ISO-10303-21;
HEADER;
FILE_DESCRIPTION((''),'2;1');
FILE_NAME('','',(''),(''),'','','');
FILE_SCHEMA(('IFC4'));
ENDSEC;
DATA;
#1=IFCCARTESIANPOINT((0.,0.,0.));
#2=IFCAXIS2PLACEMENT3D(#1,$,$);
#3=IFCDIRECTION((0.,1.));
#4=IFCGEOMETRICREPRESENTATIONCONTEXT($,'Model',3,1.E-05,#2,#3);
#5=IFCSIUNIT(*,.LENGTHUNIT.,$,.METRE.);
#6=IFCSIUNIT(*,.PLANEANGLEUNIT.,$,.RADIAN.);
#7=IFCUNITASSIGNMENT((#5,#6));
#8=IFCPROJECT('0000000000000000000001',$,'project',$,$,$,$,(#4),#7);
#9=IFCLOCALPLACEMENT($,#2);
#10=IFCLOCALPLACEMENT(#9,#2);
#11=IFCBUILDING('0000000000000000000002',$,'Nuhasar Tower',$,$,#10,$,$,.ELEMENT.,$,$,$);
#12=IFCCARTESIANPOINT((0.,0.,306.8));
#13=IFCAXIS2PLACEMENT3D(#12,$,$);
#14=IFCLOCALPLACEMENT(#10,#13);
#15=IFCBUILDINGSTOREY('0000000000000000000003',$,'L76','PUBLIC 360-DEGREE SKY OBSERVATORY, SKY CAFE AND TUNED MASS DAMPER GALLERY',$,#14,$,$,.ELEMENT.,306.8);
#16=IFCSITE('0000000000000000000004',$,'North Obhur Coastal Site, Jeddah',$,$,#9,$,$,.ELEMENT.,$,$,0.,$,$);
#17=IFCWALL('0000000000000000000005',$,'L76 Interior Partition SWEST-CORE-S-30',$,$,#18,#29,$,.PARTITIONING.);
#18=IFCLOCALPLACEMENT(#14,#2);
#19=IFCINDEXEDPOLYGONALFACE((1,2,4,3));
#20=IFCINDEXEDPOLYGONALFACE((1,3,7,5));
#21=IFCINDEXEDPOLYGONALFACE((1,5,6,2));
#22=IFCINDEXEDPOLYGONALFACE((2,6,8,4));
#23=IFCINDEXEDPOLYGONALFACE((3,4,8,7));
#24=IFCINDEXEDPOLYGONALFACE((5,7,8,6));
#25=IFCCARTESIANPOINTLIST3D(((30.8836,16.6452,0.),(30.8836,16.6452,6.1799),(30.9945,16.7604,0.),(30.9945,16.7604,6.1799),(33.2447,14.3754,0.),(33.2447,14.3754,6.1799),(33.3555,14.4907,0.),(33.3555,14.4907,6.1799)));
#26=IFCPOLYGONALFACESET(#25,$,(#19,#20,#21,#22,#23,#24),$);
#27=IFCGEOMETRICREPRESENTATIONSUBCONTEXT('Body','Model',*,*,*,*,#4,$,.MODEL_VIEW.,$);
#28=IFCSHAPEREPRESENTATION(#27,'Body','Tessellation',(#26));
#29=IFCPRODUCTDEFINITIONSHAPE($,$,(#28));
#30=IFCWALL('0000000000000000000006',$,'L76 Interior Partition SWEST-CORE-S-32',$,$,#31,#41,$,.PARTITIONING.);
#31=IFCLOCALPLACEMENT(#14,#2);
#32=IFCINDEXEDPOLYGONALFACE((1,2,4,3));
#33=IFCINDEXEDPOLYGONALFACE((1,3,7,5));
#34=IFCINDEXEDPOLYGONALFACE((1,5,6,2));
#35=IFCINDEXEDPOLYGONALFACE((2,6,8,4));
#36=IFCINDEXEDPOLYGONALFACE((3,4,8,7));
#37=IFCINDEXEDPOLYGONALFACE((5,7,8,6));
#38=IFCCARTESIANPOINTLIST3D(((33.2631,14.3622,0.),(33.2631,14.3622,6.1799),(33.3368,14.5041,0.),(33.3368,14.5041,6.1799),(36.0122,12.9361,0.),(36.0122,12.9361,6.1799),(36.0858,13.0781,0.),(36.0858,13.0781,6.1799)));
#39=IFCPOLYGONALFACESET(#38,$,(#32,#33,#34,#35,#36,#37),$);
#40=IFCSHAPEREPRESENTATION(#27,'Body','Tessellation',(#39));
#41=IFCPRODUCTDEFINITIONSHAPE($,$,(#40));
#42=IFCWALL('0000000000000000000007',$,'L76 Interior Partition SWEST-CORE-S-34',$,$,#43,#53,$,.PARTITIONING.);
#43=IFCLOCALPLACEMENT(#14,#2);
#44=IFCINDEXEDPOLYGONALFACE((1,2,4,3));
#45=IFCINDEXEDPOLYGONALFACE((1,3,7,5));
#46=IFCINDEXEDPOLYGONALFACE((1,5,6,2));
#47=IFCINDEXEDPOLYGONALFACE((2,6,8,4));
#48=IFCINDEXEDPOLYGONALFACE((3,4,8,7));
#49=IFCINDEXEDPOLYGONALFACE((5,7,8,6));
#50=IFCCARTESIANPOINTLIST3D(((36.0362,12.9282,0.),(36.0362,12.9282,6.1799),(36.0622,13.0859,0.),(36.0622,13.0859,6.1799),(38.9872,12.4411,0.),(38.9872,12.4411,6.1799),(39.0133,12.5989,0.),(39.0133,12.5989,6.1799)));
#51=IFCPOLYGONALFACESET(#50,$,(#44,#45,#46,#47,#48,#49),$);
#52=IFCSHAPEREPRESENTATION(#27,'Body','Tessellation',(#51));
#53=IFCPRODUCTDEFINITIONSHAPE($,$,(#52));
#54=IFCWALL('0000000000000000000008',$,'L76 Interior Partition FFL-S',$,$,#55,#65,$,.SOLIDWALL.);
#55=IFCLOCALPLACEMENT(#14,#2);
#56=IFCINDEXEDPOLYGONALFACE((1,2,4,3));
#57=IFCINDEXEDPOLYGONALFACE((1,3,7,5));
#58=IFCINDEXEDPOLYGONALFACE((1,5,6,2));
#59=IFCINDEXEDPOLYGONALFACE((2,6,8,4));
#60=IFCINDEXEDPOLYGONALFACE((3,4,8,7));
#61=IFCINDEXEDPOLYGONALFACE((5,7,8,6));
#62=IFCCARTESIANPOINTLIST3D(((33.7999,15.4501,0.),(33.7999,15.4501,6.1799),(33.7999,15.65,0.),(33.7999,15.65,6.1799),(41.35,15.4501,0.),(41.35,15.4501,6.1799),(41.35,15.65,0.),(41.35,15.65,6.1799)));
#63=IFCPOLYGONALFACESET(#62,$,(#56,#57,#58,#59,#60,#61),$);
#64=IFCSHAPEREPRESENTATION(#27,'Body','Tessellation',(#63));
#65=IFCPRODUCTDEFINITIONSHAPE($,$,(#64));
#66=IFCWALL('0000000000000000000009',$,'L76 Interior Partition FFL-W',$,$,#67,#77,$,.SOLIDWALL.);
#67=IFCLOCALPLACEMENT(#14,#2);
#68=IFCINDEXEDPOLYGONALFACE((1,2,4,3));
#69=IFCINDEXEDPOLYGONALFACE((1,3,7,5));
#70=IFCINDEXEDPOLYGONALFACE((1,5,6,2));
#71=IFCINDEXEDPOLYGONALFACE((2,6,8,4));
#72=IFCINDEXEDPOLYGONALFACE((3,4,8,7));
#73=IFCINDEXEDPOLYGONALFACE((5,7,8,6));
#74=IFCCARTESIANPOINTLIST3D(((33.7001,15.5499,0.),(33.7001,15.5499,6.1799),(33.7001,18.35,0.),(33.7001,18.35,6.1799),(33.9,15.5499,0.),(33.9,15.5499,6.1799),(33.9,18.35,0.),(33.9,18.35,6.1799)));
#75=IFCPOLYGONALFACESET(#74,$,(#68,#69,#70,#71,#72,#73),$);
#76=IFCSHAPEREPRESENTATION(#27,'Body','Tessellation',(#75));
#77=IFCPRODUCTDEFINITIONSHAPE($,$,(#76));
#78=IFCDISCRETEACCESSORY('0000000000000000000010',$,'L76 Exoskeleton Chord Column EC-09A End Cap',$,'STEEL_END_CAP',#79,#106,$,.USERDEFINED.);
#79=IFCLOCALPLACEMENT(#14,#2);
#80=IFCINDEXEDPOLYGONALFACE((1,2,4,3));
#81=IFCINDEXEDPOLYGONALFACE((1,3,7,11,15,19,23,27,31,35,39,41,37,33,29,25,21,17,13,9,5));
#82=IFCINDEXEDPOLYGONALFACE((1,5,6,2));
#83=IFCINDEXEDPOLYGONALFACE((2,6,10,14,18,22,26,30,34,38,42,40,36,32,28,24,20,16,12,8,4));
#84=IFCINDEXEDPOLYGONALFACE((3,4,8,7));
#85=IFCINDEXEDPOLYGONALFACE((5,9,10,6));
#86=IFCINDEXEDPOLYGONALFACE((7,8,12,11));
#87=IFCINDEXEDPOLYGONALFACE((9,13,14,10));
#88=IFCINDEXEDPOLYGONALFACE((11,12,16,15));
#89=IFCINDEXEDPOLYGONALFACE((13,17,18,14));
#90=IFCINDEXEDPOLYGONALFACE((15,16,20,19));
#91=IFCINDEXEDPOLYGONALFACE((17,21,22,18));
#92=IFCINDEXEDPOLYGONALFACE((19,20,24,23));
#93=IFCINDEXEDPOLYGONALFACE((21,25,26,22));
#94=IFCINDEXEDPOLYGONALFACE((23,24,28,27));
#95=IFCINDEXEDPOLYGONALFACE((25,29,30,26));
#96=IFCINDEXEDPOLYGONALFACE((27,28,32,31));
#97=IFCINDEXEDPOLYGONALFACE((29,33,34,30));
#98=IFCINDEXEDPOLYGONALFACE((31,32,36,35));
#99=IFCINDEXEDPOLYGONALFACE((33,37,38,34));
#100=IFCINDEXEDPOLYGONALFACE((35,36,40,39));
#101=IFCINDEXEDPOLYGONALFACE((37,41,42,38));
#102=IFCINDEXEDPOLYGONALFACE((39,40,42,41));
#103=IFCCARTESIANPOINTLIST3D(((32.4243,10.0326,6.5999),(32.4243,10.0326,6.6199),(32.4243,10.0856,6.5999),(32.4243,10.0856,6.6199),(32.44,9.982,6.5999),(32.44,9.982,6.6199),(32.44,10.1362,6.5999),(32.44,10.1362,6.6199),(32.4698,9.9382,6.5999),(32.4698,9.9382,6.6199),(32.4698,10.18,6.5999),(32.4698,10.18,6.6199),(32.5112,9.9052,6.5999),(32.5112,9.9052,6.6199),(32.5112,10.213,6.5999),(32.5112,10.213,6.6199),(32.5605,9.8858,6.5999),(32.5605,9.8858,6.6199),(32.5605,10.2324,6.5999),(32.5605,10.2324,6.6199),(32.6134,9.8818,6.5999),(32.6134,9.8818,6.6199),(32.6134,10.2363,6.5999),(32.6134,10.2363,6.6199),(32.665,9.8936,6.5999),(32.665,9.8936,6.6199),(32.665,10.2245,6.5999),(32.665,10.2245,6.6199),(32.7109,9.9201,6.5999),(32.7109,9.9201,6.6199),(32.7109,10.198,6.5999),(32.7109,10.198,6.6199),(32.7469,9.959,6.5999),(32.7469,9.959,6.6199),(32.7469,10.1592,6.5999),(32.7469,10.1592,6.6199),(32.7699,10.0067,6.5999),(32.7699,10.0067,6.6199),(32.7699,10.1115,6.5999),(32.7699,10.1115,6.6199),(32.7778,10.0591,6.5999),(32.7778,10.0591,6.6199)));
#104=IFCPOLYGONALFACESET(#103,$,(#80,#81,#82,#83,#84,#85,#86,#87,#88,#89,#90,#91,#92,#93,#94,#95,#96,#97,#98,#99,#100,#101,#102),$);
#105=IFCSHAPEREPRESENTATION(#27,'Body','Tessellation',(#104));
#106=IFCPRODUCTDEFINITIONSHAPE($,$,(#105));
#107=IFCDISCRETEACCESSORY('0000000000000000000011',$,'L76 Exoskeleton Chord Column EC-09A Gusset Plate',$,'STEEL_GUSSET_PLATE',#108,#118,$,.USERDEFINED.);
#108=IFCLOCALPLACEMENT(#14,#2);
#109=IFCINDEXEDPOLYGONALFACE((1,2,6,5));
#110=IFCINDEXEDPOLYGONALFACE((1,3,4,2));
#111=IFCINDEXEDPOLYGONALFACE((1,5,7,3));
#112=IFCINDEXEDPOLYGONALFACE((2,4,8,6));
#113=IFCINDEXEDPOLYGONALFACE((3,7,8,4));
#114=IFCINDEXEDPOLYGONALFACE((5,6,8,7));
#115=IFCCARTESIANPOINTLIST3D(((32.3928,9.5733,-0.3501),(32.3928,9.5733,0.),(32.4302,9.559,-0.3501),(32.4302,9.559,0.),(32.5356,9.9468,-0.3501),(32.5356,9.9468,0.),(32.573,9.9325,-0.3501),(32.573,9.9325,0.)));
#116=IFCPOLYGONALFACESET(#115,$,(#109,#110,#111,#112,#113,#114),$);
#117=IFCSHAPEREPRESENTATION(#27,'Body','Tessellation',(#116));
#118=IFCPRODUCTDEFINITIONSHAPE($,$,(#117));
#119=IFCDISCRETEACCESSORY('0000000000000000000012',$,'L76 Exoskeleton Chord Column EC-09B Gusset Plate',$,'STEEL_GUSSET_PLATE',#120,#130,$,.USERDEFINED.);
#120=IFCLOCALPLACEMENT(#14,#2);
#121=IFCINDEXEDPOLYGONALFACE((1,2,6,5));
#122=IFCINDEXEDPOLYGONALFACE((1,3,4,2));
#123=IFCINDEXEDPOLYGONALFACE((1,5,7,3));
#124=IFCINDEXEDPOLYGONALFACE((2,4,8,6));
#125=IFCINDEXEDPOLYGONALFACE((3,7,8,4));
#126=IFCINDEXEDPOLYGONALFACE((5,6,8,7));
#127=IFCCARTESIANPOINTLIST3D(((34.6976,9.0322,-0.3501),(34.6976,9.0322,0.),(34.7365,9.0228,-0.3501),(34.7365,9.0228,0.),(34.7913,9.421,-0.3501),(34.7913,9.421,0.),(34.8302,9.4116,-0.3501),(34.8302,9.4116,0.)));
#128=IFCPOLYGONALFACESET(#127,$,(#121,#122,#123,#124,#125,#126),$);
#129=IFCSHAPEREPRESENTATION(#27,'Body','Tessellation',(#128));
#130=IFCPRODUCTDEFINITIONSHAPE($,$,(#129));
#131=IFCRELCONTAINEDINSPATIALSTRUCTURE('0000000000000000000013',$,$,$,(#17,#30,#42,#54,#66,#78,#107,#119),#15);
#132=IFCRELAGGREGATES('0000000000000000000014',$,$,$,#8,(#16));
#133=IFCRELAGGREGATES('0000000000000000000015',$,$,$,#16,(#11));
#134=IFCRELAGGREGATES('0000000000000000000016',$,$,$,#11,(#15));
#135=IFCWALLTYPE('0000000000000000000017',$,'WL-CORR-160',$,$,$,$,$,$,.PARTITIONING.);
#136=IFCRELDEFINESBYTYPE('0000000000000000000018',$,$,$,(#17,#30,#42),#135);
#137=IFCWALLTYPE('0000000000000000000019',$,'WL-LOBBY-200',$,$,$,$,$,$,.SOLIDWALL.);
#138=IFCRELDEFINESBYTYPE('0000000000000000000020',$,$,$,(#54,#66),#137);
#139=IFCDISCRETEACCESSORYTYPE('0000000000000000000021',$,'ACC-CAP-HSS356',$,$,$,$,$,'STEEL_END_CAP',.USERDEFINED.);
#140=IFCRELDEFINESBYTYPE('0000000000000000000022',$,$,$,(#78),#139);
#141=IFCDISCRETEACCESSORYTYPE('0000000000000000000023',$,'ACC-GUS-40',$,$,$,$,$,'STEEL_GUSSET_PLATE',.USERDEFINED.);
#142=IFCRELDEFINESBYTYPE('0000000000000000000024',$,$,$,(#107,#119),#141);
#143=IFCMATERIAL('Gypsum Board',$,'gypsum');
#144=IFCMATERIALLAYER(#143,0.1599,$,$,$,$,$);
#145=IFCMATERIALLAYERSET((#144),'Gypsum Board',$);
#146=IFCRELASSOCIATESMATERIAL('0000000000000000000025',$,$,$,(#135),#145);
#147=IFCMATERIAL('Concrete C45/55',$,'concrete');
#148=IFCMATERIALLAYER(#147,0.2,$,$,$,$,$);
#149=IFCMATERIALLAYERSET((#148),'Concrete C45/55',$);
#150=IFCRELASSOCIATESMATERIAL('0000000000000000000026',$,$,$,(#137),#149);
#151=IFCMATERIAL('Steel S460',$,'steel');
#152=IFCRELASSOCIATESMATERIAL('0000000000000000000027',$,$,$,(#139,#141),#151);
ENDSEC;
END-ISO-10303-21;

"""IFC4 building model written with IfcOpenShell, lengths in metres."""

from ifc_helpers import new_model, si_unit, direction, frame, frame_2d, origin, origin_2d, place, context, subcontext, project, spatial, rectangle, circle, extrude, material, layer, layer_set, type_object, element, save


model = new_model("IFC4")

# Units and contexts
model_context = context("Model", 3, precision=1e-05, world=origin(), true_north=direction((0.0, 1.0)))
body_context = subcontext(model_context, "Body", "Model", "MODEL_VIEW")
ifc_project = project(units=[si_unit("LENGTHUNIT", "METRE"), si_unit("PLANEANGLEUNIT", "RADIAN")], contexts=[model_context])

# Site, building, storey
site_placement = place(None, origin())
site = spatial("IfcSite", under=ifc_project, at=site_placement, Name="North Obhur Coastal Site, Jeddah", CompositionType="ELEMENT", RefElevation=0.0)
building_placement = place(site_placement, origin())
building = spatial("IfcBuilding", under=site, at=building_placement, Name="Nuhasar Tower", CompositionType="ELEMENT")
storey_placement = place(building_placement, frame((0.0, 0.0, 306.8)))
storey = spatial("IfcBuildingStorey", under=building, at=storey_placement, Name="L76", Description="PUBLIC 360-DEGREE SKY OBSERVATORY, SKY CAFE AND TUNED MASS DAMPER GALLERY", CompositionType="ELEMENT", Elevation=306.8)

# Shared definitions
ifc_material_1 = material(Name="Steel S460", Category="steel")

# Walls
ifc_material_2 = material(Name="Gypsum Board", Category="gypsum")
ifc_layer_1 = layer(ifc_material_2, 0.1599)
ifc_layer_set_1 = layer_set([ifc_layer_1], Name="Gypsum Board")
wall_type_1 = type_object("IfcWallType", Name="WL-CORR-160", PredefinedType="PARTITIONING", material=ifc_layer_set_1)
wall_1_placement = place(storey_placement, frame((30.939, 16.7029, 0.0), z_axis=(0.0, 0.0, 1.0), x_axis=(0.720909, -0.69303, 0.0)))
element("IfcWall", 1, at=wall_1_placement, inside=storey, type_object=wall_type_1, Name="L76 Interior Partition SWEST-CORE-S-30", PredefinedType="PARTITIONING", context=body_context, shape_type="SweptSolid", body=[
    extrude(rectangle(XDim=3.2751, YDim=0.1599, at=frame_2d((1.6377, 0.0))), origin(), (0.0, 0.0, 1.0), 6.1799),
])
wall_2_placement = place(storey_placement, frame((33.3, 14.4331, 0.0), z_axis=(0.0, 0.0, 1.0), x_axis=(0.887675, -0.460471, 0.0)))
element("IfcWall", 2, at=wall_2_placement, inside=storey, type_object=wall_type_1, Name="L76 Interior Partition SWEST-CORE-S-32", PredefinedType="PARTITIONING", context=body_context, shape_type="SweptSolid", body=[
    extrude(rectangle(XDim=3.0969, YDim=0.1599, at=frame_2d((1.5483, 0.0))), origin(), (0.0, 0.0, 1.0), 6.1799),
])
wall_3_placement = place(storey_placement, frame((36.0491, 13.0071, 0.0), z_axis=(0.0, 0.0, 1.0), x_axis=(0.986651, -0.16285, 0.0)))
element("IfcWall", 3, at=wall_3_placement, inside=storey, type_object=wall_type_1, Name="L76 Interior Partition SWEST-CORE-S-34", PredefinedType="PARTITIONING", context=body_context, shape_type="SweptSolid", body=[
    extrude(rectangle(XDim=2.991, YDim=0.1599, at=frame_2d((1.4956, 0.0))), origin(), (0.0, 0.0, 1.0), 6.1799),
])
ifc_material_3 = material(Name="Concrete C45/55", Category="concrete")
ifc_layer_2 = layer(ifc_material_3, 0.2)
ifc_layer_set_2 = layer_set([ifc_layer_2], Name="Concrete C45/55")
wall_type_2 = type_object("IfcWallType", Name="WL-LOBBY-200", PredefinedType="SOLIDWALL", material=ifc_layer_set_2)
wall_4_placement = place(storey_placement, frame((33.8, 15.55, 0.0), z_axis=(0.0, 0.0, 1.0), x_axis=(1.0, 0.0, 0.0)))
element("IfcWall", 4, at=wall_4_placement, inside=storey, type_object=wall_type_2, Name="L76 Interior Partition FFL-S", PredefinedType="SOLIDWALL", context=body_context, shape_type="SweptSolid", body=[
    extrude(rectangle(XDim=7.55, YDim=0.2, at=frame_2d((3.7749, 0.0))), origin(), (0.0, 0.0, 1.0), 6.1799),
])
wall_5_placement = place(storey_placement, frame((33.8, 15.55, 0.0), z_axis=(0.0, 0.0, 1.0), x_axis=(0.0, 1.0, 0.0)))
element("IfcWall", 5, at=wall_5_placement, inside=storey, type_object=wall_type_2, Name="L76 Interior Partition FFL-W", PredefinedType="SOLIDWALL", context=body_context, shape_type="SweptSolid", body=[
    extrude(rectangle(XDim=2.8, YDim=0.2, at=frame_2d((1.3999, 0.0))), origin(), (0.0, 0.0, 1.0), 6.1799),
])

# Discrete accessories
discrete_accessory_type_1 = type_object("IfcDiscreteAccessoryType", Name="ACC-CAP-HSS356", ElementType="STEEL_END_CAP", PredefinedType="USERDEFINED", material=ifc_material_1)
discrete_accessory_placement = place(storey_placement, frame((32.6001, 10.0591, 6.5999), z_axis=(0.0, 0.0, 1.0), x_axis=(1.0, 0.0, 0.0)))
element("IfcDiscreteAccessory", 6, at=discrete_accessory_placement, inside=storey, type_object=discrete_accessory_type_1, Name="L76 Exoskeleton Chord Column EC-09A End Cap", ObjectType="STEEL_END_CAP", PredefinedType="USERDEFINED", context=body_context, shape_type="SweptSolid", body=[
    extrude(circle(Radius=0.1777, at=origin_2d()), origin(), (0.0, 0.0, 1.0), 0.02),
])
discrete_accessory_type_2 = type_object("IfcDiscreteAccessoryType", Name="ACC-GUS-40", ElementType="STEEL_GUSSET_PLATE", PredefinedType="USERDEFINED", material=ifc_material_1)
for number, where, z_axis, x_axis, name in (
    (7, (32.4829, 9.7529, -0.3501), (0.0, 0.0, 1.0), (-0.357097, -0.934067, 0.0), "L76 Exoskeleton Chord Column EC-09A Gusset Plate"),
    (8, (34.7639, 9.2219, -0.3501), (0.0, 0.0, 1.0), (-0.234277, -0.97217, 0.0), "L76 Exoskeleton Chord Column EC-09B Gusset Plate"),
):
    element("IfcDiscreteAccessory", number, at=place(storey_placement, frame(where, z_axis=z_axis, x_axis=x_axis)), inside=storey, type_object=discrete_accessory_type_2, Name=name, ObjectType="STEEL_GUSSET_PLATE", PredefinedType="USERDEFINED", context=body_context, shape_type="SweptSolid", body=[
        extrude(rectangle(XDim=0.3999, YDim=0.04, at=origin_2d()), origin(), (0.0, 0.0, 1.0), 0.3501),
    ])

save(model, "model.ifc")
